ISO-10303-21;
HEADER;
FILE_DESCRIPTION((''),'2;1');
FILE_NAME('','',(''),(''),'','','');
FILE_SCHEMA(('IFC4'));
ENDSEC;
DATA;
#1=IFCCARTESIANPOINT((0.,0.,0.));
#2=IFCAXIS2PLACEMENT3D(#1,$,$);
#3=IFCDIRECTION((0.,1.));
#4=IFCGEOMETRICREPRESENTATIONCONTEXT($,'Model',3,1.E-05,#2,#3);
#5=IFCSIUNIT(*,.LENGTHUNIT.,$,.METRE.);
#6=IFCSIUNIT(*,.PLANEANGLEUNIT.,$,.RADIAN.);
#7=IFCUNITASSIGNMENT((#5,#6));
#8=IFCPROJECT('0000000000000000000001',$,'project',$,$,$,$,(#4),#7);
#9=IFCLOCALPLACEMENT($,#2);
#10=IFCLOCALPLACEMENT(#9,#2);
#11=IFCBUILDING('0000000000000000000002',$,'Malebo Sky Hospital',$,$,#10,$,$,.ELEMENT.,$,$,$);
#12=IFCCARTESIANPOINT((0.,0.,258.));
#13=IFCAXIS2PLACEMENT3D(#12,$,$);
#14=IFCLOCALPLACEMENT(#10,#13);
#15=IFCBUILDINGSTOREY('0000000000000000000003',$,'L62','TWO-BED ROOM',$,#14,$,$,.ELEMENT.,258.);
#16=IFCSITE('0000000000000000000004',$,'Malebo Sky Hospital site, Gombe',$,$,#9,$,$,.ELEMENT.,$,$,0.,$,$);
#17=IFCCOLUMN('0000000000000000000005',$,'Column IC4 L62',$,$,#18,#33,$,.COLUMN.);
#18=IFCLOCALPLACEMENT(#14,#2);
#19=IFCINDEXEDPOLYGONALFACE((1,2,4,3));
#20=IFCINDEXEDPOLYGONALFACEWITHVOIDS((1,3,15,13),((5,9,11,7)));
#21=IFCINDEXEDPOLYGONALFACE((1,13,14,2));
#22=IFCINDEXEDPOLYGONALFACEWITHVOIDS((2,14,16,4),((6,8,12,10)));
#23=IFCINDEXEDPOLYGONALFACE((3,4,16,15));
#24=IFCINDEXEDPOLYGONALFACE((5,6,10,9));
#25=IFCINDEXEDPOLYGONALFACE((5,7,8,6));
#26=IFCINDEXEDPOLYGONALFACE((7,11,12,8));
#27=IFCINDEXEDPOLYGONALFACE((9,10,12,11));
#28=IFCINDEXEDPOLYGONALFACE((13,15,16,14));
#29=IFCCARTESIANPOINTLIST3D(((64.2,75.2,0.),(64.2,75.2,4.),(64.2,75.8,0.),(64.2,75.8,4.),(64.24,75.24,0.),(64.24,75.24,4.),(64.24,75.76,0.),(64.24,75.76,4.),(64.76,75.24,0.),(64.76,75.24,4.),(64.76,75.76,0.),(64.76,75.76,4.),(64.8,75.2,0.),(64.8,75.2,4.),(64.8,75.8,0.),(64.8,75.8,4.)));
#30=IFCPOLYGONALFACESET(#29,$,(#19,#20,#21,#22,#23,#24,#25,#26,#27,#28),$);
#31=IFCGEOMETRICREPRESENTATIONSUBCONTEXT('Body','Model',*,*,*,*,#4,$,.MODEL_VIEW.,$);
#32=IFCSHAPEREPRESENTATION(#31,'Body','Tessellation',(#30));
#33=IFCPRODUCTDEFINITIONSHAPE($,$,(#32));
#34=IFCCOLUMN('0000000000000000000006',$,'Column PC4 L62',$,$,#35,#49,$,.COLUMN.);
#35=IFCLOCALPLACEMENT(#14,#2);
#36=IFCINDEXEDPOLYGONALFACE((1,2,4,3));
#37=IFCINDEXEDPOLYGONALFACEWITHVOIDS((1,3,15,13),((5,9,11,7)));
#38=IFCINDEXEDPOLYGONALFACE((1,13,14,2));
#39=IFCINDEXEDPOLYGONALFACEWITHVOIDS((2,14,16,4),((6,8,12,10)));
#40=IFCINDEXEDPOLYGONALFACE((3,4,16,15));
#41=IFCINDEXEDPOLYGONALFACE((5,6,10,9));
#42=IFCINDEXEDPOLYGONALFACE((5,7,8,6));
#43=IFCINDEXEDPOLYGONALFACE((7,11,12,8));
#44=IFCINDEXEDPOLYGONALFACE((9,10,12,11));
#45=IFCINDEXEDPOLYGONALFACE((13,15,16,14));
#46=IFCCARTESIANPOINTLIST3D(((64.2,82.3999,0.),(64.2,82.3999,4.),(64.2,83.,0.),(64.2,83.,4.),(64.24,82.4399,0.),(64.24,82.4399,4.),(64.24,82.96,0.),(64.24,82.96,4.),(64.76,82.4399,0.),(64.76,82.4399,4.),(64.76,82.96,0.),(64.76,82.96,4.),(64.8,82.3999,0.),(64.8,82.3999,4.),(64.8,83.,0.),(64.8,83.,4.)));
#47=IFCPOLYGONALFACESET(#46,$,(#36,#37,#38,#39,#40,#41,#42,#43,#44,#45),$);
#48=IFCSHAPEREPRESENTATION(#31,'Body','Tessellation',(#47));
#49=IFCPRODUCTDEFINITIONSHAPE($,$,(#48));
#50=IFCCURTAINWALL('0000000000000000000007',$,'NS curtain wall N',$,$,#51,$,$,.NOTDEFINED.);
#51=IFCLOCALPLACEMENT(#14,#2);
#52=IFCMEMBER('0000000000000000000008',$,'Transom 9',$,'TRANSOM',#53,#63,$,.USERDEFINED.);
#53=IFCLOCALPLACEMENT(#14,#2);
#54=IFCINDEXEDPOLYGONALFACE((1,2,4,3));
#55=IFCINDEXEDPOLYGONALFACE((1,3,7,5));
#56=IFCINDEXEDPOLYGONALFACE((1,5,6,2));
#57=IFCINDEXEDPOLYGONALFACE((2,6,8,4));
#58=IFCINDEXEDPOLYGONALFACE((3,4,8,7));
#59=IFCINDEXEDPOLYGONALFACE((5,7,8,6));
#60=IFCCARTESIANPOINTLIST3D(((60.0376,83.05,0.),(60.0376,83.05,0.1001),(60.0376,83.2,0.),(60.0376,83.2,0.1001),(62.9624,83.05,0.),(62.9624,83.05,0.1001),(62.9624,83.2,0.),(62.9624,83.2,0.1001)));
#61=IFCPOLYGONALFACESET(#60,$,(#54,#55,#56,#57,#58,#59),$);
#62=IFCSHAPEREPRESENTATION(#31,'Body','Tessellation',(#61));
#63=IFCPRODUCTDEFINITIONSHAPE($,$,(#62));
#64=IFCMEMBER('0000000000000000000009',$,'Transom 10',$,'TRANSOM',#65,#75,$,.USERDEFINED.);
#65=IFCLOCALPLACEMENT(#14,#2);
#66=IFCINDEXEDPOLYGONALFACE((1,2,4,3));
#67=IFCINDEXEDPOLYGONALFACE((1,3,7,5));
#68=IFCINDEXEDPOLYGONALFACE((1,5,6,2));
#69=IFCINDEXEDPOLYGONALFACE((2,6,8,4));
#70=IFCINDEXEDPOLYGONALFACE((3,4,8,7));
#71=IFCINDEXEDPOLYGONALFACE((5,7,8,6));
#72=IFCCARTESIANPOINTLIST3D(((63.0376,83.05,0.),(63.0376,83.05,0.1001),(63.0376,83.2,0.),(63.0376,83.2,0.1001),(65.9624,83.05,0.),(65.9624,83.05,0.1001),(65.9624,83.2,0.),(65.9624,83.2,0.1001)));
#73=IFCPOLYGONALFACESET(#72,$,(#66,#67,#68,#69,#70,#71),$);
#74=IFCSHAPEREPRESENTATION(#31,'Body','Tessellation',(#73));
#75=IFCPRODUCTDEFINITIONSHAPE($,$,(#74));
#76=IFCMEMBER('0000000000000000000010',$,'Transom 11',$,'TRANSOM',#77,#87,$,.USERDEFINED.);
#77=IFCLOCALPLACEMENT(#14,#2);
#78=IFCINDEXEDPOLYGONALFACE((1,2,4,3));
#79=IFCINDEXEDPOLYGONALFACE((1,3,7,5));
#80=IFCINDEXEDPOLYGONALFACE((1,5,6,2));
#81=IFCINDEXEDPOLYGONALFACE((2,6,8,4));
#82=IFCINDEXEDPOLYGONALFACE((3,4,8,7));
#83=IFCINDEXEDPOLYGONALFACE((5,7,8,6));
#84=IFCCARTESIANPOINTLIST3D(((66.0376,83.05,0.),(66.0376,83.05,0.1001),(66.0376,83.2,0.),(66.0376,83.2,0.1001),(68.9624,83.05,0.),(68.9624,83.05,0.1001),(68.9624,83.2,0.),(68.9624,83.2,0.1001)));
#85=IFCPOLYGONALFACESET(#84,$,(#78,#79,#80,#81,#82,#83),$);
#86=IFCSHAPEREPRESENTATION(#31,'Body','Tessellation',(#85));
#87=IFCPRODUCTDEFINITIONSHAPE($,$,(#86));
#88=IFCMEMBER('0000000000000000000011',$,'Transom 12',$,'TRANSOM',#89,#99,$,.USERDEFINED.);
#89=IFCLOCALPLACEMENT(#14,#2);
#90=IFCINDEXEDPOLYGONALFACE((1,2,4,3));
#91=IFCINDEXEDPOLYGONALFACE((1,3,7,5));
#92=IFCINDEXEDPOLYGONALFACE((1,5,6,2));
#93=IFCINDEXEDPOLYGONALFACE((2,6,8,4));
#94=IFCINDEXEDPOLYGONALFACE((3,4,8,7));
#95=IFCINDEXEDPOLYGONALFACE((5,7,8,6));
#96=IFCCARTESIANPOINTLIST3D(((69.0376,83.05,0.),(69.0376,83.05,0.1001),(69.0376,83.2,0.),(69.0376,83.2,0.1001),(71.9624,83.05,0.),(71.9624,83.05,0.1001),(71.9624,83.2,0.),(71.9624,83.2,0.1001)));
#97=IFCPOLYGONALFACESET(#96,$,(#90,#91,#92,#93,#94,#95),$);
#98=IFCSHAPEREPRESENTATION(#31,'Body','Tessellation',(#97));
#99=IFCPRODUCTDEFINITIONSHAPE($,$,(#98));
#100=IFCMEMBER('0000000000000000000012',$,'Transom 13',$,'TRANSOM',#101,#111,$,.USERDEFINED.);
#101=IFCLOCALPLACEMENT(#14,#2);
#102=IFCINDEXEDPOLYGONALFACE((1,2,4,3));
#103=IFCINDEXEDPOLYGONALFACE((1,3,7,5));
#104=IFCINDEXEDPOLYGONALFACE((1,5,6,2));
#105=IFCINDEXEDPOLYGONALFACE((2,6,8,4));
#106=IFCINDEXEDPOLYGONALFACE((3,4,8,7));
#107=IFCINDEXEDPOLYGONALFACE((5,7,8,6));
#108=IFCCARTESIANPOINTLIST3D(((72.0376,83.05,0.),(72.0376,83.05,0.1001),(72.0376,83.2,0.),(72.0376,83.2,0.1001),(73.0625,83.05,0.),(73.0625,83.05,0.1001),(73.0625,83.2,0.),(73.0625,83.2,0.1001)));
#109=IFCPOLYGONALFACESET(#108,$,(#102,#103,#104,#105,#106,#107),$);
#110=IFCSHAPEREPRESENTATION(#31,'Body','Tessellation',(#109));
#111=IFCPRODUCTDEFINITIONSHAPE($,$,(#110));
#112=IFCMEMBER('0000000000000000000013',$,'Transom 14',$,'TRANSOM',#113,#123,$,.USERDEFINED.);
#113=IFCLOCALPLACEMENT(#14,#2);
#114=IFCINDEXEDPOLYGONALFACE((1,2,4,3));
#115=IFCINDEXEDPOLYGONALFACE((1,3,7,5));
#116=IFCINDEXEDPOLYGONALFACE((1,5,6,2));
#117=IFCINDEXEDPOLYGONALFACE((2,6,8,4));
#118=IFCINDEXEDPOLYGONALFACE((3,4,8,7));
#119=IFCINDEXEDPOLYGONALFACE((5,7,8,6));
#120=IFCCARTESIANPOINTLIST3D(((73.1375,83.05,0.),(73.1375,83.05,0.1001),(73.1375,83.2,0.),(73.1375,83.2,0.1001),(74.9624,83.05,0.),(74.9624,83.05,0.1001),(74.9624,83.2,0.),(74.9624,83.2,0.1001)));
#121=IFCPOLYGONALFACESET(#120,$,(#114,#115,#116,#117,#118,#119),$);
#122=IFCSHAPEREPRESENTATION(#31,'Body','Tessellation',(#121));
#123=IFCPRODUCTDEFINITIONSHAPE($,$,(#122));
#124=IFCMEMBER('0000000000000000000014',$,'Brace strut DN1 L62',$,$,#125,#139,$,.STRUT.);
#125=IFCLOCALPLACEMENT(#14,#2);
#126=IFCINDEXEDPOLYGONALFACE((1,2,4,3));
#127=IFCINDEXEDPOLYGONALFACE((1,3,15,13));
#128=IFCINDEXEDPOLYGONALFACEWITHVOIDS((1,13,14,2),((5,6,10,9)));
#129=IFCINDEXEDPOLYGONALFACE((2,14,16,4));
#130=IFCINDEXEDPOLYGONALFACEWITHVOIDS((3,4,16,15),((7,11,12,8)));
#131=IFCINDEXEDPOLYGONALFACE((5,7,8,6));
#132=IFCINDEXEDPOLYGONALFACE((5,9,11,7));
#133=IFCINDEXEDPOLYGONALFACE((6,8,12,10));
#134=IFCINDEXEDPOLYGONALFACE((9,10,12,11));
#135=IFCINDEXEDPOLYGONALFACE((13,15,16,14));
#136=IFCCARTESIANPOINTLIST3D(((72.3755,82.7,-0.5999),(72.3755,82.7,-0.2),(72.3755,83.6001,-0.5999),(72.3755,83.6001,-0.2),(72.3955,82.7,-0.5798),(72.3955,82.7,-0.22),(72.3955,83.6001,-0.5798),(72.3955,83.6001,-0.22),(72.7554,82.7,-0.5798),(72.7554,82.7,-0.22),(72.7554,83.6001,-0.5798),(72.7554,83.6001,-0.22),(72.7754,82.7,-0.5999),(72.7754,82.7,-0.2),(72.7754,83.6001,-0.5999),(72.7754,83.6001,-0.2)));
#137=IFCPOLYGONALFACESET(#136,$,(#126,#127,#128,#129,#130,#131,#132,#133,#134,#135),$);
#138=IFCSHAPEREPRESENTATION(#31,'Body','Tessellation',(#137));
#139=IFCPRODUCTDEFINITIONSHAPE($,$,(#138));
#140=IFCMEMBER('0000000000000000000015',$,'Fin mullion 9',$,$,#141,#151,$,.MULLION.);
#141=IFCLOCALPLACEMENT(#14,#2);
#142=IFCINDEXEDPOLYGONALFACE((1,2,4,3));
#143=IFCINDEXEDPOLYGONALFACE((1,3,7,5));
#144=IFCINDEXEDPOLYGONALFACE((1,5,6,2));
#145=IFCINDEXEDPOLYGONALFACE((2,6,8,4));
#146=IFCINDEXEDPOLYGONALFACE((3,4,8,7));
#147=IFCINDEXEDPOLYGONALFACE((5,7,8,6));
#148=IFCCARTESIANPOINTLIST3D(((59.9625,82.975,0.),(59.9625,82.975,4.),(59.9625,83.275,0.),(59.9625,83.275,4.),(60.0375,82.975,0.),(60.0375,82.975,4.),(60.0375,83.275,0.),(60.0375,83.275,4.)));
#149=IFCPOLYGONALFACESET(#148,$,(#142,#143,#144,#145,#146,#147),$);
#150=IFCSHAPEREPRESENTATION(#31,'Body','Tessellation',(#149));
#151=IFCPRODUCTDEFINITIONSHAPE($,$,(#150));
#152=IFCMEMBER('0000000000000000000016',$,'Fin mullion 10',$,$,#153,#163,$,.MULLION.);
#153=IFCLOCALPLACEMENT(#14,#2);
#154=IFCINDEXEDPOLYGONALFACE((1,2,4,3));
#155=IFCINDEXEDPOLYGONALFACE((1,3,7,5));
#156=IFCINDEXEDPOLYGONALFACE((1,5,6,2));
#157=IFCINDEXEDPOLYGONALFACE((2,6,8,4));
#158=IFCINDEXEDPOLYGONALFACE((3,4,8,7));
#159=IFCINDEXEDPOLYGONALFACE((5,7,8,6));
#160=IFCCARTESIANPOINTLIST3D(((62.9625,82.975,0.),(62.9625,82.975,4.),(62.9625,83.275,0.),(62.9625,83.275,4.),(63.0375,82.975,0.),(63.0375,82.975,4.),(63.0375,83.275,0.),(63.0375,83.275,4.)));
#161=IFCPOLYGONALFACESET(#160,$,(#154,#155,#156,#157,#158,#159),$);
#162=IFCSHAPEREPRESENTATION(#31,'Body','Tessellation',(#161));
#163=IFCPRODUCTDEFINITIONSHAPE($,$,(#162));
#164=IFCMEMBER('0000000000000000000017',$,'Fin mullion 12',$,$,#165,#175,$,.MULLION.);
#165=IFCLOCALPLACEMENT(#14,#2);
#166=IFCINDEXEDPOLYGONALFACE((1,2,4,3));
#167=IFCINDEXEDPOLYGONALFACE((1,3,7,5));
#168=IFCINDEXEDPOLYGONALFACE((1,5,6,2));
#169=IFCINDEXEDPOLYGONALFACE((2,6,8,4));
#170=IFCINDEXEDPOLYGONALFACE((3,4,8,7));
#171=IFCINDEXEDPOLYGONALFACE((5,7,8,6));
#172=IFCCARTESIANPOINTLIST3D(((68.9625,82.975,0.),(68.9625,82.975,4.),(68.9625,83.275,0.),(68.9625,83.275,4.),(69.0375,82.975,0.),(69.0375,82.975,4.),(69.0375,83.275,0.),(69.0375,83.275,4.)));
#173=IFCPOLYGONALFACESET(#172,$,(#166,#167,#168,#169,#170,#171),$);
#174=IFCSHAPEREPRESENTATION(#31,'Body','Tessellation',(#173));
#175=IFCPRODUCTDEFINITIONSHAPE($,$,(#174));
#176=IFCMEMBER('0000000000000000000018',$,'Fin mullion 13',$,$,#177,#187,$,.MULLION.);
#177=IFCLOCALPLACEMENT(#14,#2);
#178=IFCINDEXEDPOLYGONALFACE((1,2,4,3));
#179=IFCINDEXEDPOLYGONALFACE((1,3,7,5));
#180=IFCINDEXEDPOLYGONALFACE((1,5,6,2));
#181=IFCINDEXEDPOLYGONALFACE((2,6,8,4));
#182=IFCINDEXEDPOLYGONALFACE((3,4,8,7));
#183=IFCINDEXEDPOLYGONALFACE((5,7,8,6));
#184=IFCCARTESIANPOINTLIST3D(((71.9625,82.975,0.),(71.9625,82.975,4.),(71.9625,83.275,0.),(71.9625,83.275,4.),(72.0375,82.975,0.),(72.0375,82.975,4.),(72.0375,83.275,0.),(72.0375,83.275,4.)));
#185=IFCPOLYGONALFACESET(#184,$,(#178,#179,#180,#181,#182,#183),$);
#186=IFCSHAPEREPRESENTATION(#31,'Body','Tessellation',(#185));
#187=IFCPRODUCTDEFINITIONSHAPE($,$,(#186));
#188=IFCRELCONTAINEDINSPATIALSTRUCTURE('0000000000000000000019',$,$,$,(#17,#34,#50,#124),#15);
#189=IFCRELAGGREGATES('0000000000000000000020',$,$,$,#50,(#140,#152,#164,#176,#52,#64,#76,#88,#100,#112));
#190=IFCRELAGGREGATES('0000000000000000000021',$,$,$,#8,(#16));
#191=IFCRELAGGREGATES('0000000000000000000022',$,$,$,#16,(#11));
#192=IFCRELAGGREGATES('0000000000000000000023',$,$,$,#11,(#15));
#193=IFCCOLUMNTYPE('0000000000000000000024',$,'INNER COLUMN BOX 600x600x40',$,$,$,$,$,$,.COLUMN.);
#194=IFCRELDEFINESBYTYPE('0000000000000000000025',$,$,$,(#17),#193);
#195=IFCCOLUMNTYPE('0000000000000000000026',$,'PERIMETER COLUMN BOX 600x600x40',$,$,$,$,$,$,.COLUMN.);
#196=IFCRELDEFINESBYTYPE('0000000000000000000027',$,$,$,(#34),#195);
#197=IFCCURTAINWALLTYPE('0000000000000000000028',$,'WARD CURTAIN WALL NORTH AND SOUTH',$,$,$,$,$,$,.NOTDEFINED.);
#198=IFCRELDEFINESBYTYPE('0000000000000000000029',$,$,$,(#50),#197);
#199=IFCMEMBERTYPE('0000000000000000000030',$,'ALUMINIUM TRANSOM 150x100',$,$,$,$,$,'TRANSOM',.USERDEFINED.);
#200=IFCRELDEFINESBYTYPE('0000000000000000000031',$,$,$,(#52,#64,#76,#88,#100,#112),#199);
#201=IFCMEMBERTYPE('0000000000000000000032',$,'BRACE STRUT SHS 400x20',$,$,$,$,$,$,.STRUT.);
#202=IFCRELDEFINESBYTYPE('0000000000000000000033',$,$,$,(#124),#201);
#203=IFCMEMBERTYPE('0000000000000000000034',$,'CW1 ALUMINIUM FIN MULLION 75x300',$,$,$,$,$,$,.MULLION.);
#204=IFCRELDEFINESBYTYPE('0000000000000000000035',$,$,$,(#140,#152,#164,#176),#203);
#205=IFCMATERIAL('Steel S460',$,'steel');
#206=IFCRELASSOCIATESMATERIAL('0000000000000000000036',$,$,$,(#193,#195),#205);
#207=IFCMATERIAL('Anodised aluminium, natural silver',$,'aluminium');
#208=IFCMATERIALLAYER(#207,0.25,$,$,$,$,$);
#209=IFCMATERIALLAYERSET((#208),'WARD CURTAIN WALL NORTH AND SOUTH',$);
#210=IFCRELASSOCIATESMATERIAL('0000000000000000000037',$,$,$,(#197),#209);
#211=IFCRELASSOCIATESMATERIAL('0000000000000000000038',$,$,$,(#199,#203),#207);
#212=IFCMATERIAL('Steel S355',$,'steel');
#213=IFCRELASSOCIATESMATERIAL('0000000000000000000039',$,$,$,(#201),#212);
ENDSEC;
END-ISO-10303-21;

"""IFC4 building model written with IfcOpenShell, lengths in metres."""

from ifc_helpers import new_model, si_unit, direction, frame, origin, origin_2d, place, context, subcontext, project, spatial, rectangle, hollow_rectangle, extrude, material, layer, layer_set, material_profile, profile_set, type_object, element, aggregate, save


model = new_model("IFC4")

# Units and contexts
model_context = context("Model", 3, precision=1e-05, world=origin(), true_north=direction((0.0, 1.0)))
body_context = subcontext(model_context, "Body", "Model", "MODEL_VIEW")
ifc_project = project(units=[si_unit("LENGTHUNIT", "METRE"), si_unit("PLANEANGLEUNIT", "RADIAN")], contexts=[model_context])

# Site, building, storey
site_placement = place(None, origin())
site = spatial("IfcSite", under=ifc_project, at=site_placement, Name="Malebo Sky Hospital site, Gombe", CompositionType="ELEMENT", RefElevation=0.0)
building_placement = place(site_placement, origin())
building = spatial("IfcBuilding", under=site, at=building_placement, Name="Malebo Sky Hospital", CompositionType="ELEMENT")
storey_placement = place(building_placement, frame((0.0, 0.0, 258.0)))
storey = spatial("IfcBuildingStorey", under=building, at=storey_placement, Name="L62", Description="TWO-BED ROOM", CompositionType="ELEMENT", Elevation=258.0)

# Columns
ifc_material_1 = material(Name="Steel S460", Category="steel")
ifc_material_profile_1 = material_profile(ifc_material_1, hollow_rectangle(XDim=0.6001, YDim=0.6001, WallThickness=0.04, at=origin_2d()), Name="BOX 600x600x40")
ifc_profile_set_1 = profile_set([ifc_material_profile_1], Name="Steel S460")
column_type_1 = type_object("IfcColumnType", Name="INNER COLUMN BOX 600x600x40", PredefinedType="COLUMN", material=ifc_profile_set_1)
column_1_placement = place(storey_placement, frame((64.5, 75.5, 0.0), z_axis=(0.0, 0.0, 1.0), x_axis=(1.0, 0.0, 0.0)))
element("IfcColumn", 1, at=column_1_placement, inside=storey, type_object=column_type_1, Name="Column IC4 L62", PredefinedType="COLUMN", context=body_context, shape_type="SweptSolid", body=[
    extrude(hollow_rectangle(XDim=0.6001, YDim=0.6001, WallThickness=0.04, at=origin_2d()), origin(), (0.0, 0.0, 1.0), 4.0),
])
ifc_material_profile_2 = material_profile(ifc_material_1, hollow_rectangle(XDim=0.6001, YDim=0.6001, WallThickness=0.04, at=origin_2d()), Name="BOX 600x600x40")
ifc_profile_set_2 = profile_set([ifc_material_profile_2], Name="Steel S460")
column_type_2 = type_object("IfcColumnType", Name="PERIMETER COLUMN BOX 600x600x40", PredefinedType="COLUMN", material=ifc_profile_set_2)
column_2_placement = place(storey_placement, frame((64.5, 82.7, 0.0), z_axis=(0.0, 0.0, 1.0), x_axis=(1.0, 0.0, 0.0)))
element("IfcColumn", 2, at=column_2_placement, inside=storey, type_object=column_type_2, Name="Column PC4 L62", PredefinedType="COLUMN", context=body_context, shape_type="SweptSolid", body=[
    extrude(hollow_rectangle(XDim=0.6001, YDim=0.6001, WallThickness=0.04, at=origin_2d()), origin(), (0.0, 0.0, 1.0), 4.0),
])

# Curtain wall, members
ifc_material_2 = material(Name="Anodised aluminium, natural silver", Category="aluminium")
ifc_layer_1 = layer(ifc_material_2, 0.25)
ifc_layer_set_1 = layer_set([ifc_layer_1], Name="WARD CURTAIN WALL NORTH AND SOUTH")
curtain_wall_type = type_object("IfcCurtainWallType", Name="WARD CURTAIN WALL NORTH AND SOUTH", PredefinedType="NOTDEFINED", material=ifc_layer_set_1)
curtain_wall_placement = place(storey_placement, origin())
curtain_wall = element("IfcCurtainWall", 3, at=curtain_wall_placement, inside=storey, type_object=curtain_wall_type, Name="NS curtain wall N", PredefinedType="NOTDEFINED")
ifc_material_profile_3 = material_profile(ifc_material_2, rectangle(XDim=0.1499, YDim=0.1001, at=origin_2d()), Name="ALUMINIUM TRANSOM 150x100")
ifc_profile_set_3 = profile_set([ifc_material_profile_3], Name="Anodised aluminium, natural silver")
member_type_1 = type_object("IfcMemberType", Name="ALUMINIUM TRANSOM 150x100", ElementType="TRANSOM", PredefinedType="USERDEFINED", material=ifc_profile_set_3)
member_1_placement = place(storey_placement, frame((60.0376, 83.125, 0.05), z_axis=(1.0, 0.0, 0.0), x_axis=(0.0, 1.0, 0.0)))
member_1 = element("IfcMember", 4, at=member_1_placement, type_object=member_type_1, Name="Transom 9", ObjectType="TRANSOM", PredefinedType="USERDEFINED", context=body_context, shape_type="SweptSolid", body=[
    extrude(rectangle(XDim=0.1499, YDim=0.1001, at=origin_2d()), origin(), (0.0, 0.0, 1.0), 2.9248),
])
member_2_placement = place(storey_placement, frame((63.0376, 83.125, 0.05), z_axis=(1.0, 0.0, 0.0), x_axis=(0.0, 1.0, 0.0)))
member_2 = element("IfcMember", 5, at=member_2_placement, type_object=member_type_1, Name="Transom 10", ObjectType="TRANSOM", PredefinedType="USERDEFINED", context=body_context, shape_type="SweptSolid", body=[
    extrude(rectangle(XDim=0.1499, YDim=0.1001, at=origin_2d()), origin(), (0.0, 0.0, 1.0), 2.9248),
])
member_3_placement = place(storey_placement, frame((66.0376, 83.125, 0.05), z_axis=(1.0, 0.0, 0.0), x_axis=(0.0, 1.0, 0.0)))
member_3 = element("IfcMember", 6, at=member_3_placement, type_object=member_type_1, Name="Transom 11", ObjectType="TRANSOM", PredefinedType="USERDEFINED", context=body_context, shape_type="SweptSolid", body=[
    extrude(rectangle(XDim=0.1499, YDim=0.1001, at=origin_2d()), origin(), (0.0, 0.0, 1.0), 2.9248),
])
member_4_placement = place(storey_placement, frame((69.0376, 83.125, 0.05), z_axis=(1.0, 0.0, 0.0), x_axis=(0.0, 1.0, 0.0)))
member_4 = element("IfcMember", 7, at=member_4_placement, type_object=member_type_1, Name="Transom 12", ObjectType="TRANSOM", PredefinedType="USERDEFINED", context=body_context, shape_type="SweptSolid", body=[
    extrude(rectangle(XDim=0.1499, YDim=0.1001, at=origin_2d()), origin(), (0.0, 0.0, 1.0), 2.9248),
])
member_5_placement = place(storey_placement, frame((72.0376, 83.125, 0.05), z_axis=(1.0, 0.0, 0.0), x_axis=(0.0, 1.0, 0.0)))
member_5 = element("IfcMember", 8, at=member_5_placement, type_object=member_type_1, Name="Transom 13", ObjectType="TRANSOM", PredefinedType="USERDEFINED", context=body_context, shape_type="SweptSolid", body=[
    extrude(rectangle(XDim=0.1499, YDim=0.1001, at=origin_2d()), origin(), (0.0, 0.0, 1.0), 1.0249),
])
member_6_placement = place(storey_placement, frame((73.1375, 83.125, 0.05), z_axis=(1.0, 0.0, 0.0), x_axis=(0.0, 1.0, 0.0)))
member_6 = element("IfcMember", 9, at=member_6_placement, type_object=member_type_1, Name="Transom 14", ObjectType="TRANSOM", PredefinedType="USERDEFINED", context=body_context, shape_type="SweptSolid", body=[
    extrude(rectangle(XDim=0.1499, YDim=0.1001, at=origin_2d()), origin(), (0.0, 0.0, 1.0), 1.825),
])

# Members
ifc_material_3 = material(Name="Steel S355", Category="steel")
ifc_material_profile_4 = material_profile(ifc_material_3, hollow_rectangle(XDim=0.3999, YDim=0.3999, WallThickness=0.02, at=origin_2d()), Name="SHS 400x20")
ifc_profile_set_4 = profile_set([ifc_material_profile_4], Name="Steel S355")
member_type_2 = type_object("IfcMemberType", Name="BRACE STRUT SHS 400x20", PredefinedType="STRUT", material=ifc_profile_set_4)
member_7_placement = place(storey_placement, frame((72.5754, 83.6001, -0.3999), z_axis=(0.0, -1.0, 0.0), x_axis=(1.0, 0.0, 0.0)))
element("IfcMember", 10, at=member_7_placement, inside=storey, type_object=member_type_2, Name="Brace strut DN1 L62", PredefinedType="STRUT", context=body_context, shape_type="SweptSolid", body=[
    extrude(hollow_rectangle(XDim=0.3999, YDim=0.3999, WallThickness=0.02, at=origin_2d()), origin(), (0.0, 0.0, 1.0), 0.9001),
])
ifc_material_profile_5 = material_profile(ifc_material_2, rectangle(XDim=0.075, YDim=0.3, at=origin_2d()), Name="CW1 ALUMINIUM FIN MULLION 75x300")
ifc_profile_set_5 = profile_set([ifc_material_profile_5], Name="Anodised aluminium, natural silver")
member_type_3 = type_object("IfcMemberType", Name="CW1 ALUMINIUM FIN MULLION 75x300", PredefinedType="MULLION", material=ifc_profile_set_5)
member_8_placement = place(storey_placement, frame((60.0, 83.125, 0.0), z_axis=(0.0, 0.0, 1.0), x_axis=(1.0, 0.0, 0.0)))
member_8 = element("IfcMember", 11, at=member_8_placement, type_object=member_type_3, Name="Fin mullion 9", PredefinedType="MULLION", context=body_context, shape_type="SweptSolid", body=[
    extrude(rectangle(XDim=0.075, YDim=0.3, at=origin_2d()), origin(), (0.0, 0.0, 1.0), 4.0),
])
member_9_placement = place(storey_placement, frame((63.0, 83.125, 0.0), z_axis=(0.0, 0.0, 1.0), x_axis=(1.0, 0.0, 0.0)))
member_9 = element("IfcMember", 12, at=member_9_placement, type_object=member_type_3, Name="Fin mullion 10", PredefinedType="MULLION", context=body_context, shape_type="SweptSolid", body=[
    extrude(rectangle(XDim=0.075, YDim=0.3, at=origin_2d()), origin(), (0.0, 0.0, 1.0), 4.0),
])
member_10_placement = place(storey_placement, frame((69.0, 83.125, 0.0), z_axis=(0.0, 0.0, 1.0), x_axis=(1.0, 0.0, 0.0)))
member_10 = element("IfcMember", 13, at=member_10_placement, type_object=member_type_3, Name="Fin mullion 12", PredefinedType="MULLION", context=body_context, shape_type="SweptSolid", body=[
    extrude(rectangle(XDim=0.075, YDim=0.3, at=origin_2d()), origin(), (0.0, 0.0, 1.0), 4.0),
])
member_11_placement = place(storey_placement, frame((72.0, 83.125, 0.0), z_axis=(0.0, 0.0, 1.0), x_axis=(1.0, 0.0, 0.0)))
member_11 = element("IfcMember", 14, at=member_11_placement, type_object=member_type_3, Name="Fin mullion 13", PredefinedType="MULLION", context=body_context, shape_type="SweptSolid", body=[
    extrude(rectangle(XDim=0.075, YDim=0.3, at=origin_2d()), origin(), (0.0, 0.0, 1.0), 4.0),
])

aggregate(curtain_wall, [member_8, member_9, member_10, member_11, member_1, member_2, member_3, member_4, member_5, member_6])

save(model, "model.ifc")
